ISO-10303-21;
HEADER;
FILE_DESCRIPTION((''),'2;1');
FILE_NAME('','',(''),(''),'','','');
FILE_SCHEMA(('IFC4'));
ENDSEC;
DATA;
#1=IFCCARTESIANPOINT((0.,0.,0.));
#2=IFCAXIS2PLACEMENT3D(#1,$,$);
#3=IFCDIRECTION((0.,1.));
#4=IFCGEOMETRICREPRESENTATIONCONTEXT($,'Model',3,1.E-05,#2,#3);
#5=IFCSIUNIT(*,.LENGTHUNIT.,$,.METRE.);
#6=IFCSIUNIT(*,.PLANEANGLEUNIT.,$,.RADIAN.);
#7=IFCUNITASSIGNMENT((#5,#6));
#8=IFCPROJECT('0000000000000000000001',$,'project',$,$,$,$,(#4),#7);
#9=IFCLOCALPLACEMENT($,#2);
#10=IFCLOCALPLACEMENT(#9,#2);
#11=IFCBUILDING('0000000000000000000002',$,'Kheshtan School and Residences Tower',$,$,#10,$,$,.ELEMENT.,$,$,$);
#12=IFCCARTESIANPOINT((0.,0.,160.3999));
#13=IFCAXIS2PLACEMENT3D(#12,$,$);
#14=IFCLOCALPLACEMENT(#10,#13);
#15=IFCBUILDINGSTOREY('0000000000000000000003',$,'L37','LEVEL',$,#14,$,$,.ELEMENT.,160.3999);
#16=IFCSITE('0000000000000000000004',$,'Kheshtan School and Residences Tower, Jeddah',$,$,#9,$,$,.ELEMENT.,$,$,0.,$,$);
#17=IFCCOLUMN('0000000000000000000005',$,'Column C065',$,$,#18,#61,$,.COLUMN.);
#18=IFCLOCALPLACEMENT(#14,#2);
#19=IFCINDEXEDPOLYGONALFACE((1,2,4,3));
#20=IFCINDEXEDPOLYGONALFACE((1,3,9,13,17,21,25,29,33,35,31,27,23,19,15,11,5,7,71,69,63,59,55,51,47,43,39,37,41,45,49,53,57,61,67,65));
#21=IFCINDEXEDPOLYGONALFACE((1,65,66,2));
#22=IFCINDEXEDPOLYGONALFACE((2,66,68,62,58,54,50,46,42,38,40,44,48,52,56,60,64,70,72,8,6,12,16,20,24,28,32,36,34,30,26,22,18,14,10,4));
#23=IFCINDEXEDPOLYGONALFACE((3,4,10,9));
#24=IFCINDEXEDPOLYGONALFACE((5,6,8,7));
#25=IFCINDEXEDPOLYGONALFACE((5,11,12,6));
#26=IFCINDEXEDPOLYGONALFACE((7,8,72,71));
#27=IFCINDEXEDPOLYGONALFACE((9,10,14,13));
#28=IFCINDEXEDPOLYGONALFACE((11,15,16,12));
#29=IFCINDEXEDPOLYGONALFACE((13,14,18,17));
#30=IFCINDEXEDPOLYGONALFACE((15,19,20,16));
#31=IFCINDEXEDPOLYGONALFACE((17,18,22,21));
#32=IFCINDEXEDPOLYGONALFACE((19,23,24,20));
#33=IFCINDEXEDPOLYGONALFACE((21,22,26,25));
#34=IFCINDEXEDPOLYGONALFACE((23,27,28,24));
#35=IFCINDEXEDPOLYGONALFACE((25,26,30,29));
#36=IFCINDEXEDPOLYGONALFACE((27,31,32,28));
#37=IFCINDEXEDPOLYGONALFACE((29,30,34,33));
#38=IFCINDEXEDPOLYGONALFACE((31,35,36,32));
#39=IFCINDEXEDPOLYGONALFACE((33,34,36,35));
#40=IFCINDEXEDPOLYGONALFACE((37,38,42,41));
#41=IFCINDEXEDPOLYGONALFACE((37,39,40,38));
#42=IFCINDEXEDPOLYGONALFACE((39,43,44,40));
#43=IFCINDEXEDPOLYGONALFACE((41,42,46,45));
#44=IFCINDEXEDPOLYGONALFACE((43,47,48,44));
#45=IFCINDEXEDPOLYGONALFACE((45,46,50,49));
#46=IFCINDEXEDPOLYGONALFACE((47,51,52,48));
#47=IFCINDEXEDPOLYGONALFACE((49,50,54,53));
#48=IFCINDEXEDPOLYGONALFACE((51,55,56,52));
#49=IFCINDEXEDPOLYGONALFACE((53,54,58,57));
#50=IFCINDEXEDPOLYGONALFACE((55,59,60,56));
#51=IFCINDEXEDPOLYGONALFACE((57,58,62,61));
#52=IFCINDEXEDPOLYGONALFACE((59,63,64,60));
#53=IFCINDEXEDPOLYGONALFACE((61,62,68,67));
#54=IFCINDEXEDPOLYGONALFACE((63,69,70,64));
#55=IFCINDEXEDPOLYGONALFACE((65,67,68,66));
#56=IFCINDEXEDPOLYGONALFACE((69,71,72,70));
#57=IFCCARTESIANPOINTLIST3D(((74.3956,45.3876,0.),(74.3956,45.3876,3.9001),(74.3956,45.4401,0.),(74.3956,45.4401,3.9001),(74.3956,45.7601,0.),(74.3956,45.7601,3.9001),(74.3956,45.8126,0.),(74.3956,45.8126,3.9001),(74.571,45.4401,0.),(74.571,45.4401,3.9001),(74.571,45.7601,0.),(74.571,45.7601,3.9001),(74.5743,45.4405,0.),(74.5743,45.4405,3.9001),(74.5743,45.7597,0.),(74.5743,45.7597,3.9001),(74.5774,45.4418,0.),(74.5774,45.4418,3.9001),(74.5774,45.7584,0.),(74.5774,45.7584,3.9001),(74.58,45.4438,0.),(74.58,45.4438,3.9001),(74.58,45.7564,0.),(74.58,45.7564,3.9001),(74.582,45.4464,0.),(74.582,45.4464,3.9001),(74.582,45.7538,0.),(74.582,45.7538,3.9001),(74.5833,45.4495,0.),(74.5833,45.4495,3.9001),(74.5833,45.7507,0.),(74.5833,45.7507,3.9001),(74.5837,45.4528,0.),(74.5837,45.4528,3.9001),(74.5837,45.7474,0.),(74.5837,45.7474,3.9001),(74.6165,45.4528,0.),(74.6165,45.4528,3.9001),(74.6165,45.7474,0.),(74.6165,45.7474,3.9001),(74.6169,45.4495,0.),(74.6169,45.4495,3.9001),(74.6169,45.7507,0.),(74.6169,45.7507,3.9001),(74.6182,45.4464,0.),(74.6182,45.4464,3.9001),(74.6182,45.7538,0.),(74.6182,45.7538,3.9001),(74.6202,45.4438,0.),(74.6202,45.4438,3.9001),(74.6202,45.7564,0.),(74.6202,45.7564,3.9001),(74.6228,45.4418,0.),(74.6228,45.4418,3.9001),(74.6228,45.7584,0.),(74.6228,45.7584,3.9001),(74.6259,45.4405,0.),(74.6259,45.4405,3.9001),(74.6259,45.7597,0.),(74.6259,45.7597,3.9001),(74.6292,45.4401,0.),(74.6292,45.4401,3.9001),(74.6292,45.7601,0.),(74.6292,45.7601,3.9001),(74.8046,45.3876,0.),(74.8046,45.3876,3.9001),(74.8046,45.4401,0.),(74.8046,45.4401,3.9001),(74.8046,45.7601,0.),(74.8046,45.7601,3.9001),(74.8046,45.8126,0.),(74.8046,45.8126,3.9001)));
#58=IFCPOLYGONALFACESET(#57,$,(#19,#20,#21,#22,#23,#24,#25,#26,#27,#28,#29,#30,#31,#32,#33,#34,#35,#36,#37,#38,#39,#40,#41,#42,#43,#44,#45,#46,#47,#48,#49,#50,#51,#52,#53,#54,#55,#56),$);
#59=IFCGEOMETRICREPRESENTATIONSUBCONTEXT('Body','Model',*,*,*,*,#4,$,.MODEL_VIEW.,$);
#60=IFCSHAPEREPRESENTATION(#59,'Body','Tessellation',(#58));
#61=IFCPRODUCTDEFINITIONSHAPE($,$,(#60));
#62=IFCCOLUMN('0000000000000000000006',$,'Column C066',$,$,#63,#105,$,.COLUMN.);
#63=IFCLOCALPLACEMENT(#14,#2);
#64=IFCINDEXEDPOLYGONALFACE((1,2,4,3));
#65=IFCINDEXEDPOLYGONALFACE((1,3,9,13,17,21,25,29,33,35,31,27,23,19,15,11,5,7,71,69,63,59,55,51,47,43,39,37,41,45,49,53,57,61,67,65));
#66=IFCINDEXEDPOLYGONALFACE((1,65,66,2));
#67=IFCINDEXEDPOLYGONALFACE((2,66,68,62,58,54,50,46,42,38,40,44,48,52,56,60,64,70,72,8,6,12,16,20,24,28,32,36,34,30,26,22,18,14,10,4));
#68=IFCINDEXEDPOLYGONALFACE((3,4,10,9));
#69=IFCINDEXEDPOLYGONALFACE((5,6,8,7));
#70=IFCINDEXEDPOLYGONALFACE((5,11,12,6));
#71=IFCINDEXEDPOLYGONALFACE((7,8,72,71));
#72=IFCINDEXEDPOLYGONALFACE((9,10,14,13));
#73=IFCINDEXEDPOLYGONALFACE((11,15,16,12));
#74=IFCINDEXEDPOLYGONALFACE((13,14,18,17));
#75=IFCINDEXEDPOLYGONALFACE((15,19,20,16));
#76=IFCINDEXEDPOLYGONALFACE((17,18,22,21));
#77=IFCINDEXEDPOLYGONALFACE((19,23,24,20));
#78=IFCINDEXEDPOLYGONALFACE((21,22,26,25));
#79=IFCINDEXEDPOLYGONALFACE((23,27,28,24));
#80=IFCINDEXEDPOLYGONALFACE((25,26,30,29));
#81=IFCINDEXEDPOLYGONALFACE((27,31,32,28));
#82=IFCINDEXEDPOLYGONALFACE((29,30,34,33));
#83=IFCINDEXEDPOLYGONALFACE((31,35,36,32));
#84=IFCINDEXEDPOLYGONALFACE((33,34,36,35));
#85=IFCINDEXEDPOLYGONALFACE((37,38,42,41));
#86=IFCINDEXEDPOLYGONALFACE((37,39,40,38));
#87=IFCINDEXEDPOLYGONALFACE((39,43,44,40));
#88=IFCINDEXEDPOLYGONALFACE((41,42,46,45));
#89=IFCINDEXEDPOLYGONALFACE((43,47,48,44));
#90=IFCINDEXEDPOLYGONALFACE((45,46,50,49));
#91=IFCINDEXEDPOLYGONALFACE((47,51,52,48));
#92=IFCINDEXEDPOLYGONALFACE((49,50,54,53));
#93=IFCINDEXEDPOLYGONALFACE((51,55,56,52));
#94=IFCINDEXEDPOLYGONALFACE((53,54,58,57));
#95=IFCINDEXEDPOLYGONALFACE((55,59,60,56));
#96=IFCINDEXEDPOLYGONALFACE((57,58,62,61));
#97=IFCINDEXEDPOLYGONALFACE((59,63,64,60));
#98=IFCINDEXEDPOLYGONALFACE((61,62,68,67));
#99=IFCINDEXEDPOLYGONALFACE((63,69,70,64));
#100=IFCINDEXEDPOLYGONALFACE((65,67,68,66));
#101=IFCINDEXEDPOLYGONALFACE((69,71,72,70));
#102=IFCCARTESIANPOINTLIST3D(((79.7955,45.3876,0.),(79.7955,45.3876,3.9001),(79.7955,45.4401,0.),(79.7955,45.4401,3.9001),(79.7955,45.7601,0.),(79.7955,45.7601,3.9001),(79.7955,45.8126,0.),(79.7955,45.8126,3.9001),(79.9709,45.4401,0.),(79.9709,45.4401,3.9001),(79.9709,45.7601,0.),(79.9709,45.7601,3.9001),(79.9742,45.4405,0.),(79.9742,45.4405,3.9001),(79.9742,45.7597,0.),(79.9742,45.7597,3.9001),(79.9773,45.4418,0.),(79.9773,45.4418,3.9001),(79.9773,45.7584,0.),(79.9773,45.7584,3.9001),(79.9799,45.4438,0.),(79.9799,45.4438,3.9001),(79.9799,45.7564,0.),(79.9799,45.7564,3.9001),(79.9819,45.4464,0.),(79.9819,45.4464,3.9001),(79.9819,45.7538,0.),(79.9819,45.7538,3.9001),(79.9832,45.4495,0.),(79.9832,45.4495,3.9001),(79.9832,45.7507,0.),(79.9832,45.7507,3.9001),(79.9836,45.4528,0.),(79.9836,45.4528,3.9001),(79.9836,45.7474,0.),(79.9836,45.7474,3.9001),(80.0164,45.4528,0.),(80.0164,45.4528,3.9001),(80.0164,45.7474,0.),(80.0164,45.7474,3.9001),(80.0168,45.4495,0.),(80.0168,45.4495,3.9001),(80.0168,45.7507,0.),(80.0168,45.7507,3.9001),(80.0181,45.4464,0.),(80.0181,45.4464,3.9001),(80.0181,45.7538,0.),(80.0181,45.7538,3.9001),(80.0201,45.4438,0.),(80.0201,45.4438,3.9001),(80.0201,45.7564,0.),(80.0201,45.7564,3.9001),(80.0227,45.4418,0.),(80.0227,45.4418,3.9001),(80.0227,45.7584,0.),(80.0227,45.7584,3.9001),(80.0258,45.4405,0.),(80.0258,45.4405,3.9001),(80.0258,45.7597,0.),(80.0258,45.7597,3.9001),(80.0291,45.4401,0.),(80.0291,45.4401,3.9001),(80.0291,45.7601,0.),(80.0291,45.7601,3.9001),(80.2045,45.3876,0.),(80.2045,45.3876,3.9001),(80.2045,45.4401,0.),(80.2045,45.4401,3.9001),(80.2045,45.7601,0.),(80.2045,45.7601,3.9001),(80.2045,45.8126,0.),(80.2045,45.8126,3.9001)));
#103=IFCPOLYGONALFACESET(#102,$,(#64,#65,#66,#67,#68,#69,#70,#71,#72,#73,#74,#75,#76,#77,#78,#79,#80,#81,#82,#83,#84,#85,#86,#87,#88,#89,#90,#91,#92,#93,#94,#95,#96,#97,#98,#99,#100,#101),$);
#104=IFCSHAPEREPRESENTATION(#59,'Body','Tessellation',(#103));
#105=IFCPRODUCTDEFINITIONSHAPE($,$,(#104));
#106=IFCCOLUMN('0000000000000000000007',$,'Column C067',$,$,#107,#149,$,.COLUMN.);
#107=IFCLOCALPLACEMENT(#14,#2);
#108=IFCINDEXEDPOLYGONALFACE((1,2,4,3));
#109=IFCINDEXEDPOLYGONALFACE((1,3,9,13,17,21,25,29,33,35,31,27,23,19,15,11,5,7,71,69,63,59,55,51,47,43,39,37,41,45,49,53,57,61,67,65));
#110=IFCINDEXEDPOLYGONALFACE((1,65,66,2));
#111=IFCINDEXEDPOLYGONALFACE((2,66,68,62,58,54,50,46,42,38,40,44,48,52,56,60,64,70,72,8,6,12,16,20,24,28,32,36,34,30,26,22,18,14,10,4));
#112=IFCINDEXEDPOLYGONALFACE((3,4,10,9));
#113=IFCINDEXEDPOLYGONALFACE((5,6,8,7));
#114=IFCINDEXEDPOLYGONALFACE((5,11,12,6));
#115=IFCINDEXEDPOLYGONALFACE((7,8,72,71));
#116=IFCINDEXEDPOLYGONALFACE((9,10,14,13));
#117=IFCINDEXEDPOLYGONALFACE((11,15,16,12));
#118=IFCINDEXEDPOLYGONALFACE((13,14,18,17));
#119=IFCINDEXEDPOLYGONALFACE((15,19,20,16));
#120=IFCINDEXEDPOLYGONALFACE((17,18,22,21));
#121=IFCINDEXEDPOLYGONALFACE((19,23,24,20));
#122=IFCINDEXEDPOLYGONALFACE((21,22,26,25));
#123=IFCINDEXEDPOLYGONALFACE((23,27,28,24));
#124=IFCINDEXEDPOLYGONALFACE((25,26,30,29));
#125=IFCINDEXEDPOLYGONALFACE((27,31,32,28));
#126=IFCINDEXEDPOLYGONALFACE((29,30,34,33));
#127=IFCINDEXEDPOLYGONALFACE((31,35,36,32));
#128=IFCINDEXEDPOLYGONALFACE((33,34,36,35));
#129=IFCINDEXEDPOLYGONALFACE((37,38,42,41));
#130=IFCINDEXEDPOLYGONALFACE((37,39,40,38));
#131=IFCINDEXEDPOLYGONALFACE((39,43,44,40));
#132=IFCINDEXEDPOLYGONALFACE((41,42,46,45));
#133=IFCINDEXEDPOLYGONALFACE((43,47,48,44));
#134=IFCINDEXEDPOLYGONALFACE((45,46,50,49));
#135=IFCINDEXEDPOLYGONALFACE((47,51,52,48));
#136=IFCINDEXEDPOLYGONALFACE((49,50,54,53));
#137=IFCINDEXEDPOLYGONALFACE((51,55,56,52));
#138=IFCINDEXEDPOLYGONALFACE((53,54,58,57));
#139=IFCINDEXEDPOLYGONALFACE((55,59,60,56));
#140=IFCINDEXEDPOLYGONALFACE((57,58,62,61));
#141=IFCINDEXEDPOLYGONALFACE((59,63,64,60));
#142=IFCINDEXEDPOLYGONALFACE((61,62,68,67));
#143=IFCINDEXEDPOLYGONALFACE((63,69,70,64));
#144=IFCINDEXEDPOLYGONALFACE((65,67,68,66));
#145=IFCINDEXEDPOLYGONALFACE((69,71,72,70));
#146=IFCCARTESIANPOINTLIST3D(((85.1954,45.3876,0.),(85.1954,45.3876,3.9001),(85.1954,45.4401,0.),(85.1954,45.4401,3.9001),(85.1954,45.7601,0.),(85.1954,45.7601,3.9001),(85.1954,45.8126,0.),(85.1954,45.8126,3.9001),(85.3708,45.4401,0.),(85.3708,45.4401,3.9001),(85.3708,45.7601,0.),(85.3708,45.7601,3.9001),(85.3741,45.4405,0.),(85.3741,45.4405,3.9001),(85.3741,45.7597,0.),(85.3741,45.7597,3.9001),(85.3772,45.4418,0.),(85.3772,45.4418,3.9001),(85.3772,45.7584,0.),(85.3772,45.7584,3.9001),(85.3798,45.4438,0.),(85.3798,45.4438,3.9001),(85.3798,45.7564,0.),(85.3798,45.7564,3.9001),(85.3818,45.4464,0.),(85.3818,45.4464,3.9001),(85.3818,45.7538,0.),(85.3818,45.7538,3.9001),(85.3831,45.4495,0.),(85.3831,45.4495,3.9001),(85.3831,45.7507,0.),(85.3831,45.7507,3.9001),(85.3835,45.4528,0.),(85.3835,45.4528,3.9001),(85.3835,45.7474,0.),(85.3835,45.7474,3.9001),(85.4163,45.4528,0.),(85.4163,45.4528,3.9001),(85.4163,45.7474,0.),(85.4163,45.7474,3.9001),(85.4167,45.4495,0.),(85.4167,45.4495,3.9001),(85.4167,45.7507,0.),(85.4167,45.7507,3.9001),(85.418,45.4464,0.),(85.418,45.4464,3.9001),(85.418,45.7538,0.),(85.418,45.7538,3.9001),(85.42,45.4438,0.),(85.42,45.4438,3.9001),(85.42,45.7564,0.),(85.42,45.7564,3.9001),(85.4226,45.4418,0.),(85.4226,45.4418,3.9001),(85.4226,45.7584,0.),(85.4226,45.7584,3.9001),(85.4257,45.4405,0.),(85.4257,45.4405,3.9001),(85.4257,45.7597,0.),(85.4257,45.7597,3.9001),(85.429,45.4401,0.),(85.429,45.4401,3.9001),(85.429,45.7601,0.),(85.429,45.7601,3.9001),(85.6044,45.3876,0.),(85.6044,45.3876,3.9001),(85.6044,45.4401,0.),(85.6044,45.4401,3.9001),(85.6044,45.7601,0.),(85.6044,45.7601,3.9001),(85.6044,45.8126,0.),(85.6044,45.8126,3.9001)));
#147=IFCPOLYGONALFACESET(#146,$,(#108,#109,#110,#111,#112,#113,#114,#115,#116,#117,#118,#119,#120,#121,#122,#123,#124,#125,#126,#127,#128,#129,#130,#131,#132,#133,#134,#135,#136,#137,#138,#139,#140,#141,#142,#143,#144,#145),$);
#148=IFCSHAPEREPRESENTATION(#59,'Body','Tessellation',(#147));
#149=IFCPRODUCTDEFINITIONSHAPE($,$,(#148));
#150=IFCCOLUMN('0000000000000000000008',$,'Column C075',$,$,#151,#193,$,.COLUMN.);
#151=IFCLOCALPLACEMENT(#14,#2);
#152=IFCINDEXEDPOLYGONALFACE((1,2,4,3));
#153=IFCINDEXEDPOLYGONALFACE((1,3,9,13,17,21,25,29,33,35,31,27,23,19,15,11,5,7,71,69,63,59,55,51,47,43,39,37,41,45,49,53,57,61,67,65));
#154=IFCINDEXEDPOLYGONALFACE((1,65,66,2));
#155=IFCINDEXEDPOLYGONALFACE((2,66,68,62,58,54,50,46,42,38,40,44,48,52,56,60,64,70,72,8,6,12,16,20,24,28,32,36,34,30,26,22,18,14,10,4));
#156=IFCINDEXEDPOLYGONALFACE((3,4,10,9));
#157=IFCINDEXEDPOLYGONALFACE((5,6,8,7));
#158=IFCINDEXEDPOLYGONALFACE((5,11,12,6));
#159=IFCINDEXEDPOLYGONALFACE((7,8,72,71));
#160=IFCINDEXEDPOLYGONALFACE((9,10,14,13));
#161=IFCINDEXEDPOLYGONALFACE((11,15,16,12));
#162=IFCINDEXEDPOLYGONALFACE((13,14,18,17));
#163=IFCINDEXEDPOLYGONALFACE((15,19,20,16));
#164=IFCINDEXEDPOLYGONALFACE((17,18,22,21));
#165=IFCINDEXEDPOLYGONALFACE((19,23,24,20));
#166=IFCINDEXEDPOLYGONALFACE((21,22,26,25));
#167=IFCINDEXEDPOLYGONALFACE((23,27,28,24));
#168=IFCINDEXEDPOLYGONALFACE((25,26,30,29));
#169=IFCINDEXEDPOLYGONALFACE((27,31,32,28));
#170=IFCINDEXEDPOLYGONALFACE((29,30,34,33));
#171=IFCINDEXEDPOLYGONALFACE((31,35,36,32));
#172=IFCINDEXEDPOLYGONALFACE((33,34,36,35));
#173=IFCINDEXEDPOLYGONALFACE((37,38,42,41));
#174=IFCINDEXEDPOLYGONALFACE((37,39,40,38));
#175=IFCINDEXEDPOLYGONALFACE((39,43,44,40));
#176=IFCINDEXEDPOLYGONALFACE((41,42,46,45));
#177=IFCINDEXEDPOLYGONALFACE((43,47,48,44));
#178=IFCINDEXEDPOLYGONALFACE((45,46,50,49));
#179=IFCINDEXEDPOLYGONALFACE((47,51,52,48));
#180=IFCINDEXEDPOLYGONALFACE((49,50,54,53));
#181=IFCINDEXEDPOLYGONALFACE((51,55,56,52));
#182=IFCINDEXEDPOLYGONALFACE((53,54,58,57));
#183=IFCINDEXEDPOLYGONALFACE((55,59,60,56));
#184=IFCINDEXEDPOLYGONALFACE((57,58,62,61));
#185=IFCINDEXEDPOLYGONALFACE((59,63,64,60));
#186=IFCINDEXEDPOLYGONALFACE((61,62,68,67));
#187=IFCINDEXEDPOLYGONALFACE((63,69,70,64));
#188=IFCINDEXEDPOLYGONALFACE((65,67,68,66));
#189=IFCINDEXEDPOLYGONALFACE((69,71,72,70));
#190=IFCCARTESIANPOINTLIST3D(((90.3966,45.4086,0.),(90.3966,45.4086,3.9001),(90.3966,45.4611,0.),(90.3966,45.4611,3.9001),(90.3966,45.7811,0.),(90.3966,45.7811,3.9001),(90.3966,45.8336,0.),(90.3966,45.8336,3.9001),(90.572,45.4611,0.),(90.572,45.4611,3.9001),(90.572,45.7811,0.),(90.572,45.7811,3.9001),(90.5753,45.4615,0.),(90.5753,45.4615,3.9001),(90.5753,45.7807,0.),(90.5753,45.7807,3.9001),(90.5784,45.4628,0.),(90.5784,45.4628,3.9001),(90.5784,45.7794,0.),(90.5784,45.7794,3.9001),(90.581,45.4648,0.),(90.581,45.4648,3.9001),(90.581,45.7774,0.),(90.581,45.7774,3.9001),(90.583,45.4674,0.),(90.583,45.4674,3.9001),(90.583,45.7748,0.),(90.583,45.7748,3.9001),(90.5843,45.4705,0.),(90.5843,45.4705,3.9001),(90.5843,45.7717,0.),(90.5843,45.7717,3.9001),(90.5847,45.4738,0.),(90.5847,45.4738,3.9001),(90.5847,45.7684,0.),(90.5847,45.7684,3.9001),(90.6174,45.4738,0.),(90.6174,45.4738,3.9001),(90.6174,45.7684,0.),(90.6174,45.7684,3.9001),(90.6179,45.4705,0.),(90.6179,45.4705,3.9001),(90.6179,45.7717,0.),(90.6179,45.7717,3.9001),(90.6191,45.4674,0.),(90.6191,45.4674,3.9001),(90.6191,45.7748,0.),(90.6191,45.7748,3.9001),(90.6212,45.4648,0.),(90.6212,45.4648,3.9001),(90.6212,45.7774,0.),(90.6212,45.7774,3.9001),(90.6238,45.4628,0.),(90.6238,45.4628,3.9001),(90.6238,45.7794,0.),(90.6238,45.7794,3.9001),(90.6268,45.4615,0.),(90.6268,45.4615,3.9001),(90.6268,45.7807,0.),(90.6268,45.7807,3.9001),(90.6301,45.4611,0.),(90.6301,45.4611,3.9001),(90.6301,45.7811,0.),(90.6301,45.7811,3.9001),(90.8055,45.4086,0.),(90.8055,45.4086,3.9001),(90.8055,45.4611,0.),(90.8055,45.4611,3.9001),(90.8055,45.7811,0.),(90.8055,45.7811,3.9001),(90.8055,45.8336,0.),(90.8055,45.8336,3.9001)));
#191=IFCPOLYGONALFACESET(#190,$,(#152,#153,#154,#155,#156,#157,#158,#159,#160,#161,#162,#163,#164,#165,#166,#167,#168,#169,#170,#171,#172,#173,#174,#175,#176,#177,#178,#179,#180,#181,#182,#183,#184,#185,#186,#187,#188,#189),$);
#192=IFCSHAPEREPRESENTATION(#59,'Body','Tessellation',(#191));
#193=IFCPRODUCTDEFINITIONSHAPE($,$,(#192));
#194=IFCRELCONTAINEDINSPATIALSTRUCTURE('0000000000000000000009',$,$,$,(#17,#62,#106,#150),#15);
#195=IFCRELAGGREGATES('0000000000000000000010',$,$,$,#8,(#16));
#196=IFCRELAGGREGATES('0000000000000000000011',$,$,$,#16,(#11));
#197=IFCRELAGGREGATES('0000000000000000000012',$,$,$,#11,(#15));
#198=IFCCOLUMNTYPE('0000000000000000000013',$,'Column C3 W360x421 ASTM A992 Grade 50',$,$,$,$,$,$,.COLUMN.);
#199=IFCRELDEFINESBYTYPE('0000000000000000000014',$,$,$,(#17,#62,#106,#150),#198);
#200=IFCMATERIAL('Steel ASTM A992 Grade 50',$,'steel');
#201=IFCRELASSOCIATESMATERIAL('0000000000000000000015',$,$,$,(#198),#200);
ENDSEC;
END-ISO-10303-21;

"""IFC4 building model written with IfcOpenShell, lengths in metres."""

from ifc_helpers import new_model, si_unit, direction, frame, origin, origin_2d, place, context, subcontext, project, spatial, i_section, extrude, material, material_profile, profile_set, type_object, element, save


model = new_model("IFC4")

# Units and contexts
model_context = context("Model", 3, precision=1e-05, world=origin(), true_north=direction((0.0, 1.0)))
body_context = subcontext(model_context, "Body", "Model", "MODEL_VIEW")
ifc_project = project(units=[si_unit("LENGTHUNIT", "METRE"), si_unit("PLANEANGLEUNIT", "RADIAN")], contexts=[model_context])

# Site, building, storey
site_placement = place(None, origin())
site = spatial("IfcSite", under=ifc_project, at=site_placement, Name="Kheshtan School and Residences Tower, Jeddah", CompositionType="ELEMENT", RefElevation=0.0)
building_placement = place(site_placement, origin())
building = spatial("IfcBuilding", under=site, at=building_placement, Name="Kheshtan School and Residences Tower", CompositionType="ELEMENT")
storey_placement = place(building_placement, frame((0.0, 0.0, 160.3999)))
storey = spatial("IfcBuildingStorey", under=building, at=storey_placement, Name="L37", Description="LEVEL", CompositionType="ELEMENT", Elevation=160.3999)

# Columns
ifc_material_1 = material(Name="Steel ASTM A992 Grade 50", Category="steel")
ifc_material_profile_1 = material_profile(ifc_material_1, i_section(OverallWidth=0.4089, OverallDepth=0.425, WebThickness=0.0327, FlangeThickness=0.0525, FilletRadius=0.0127, at=origin_2d()), Name="W360x421")
ifc_profile_set_1 = profile_set([ifc_material_profile_1], Name="Steel ASTM A992 Grade 50")
column_type = type_object("IfcColumnType", Name="Column C3 W360x421 ASTM A992 Grade 50", PredefinedType="COLUMN", material=ifc_profile_set_1)
for number, where, z_axis, x_axis, name in (
    (1, (74.6001, 45.6001, 0.0), (0.0, 0.0, 1.0), (1.0, 0.0, 0.0), "Column C065"),
    (2, (80.0, 45.6001, 0.0), (0.0, 0.0, 1.0), (1.0, 0.0, 0.0), "Column C066"),
    (3, (85.3999, 45.6001, 0.0), (0.0, 0.0, 1.0), (1.0, 0.0, 0.0), "Column C067"),
    (4, (90.6011, 45.6211, 0.0), (0.0, 0.0, 1.0), (1.0, 0.0, 0.0), "Column C075"),
):
    element("IfcColumn", number, at=place(storey_placement, frame(where, z_axis=z_axis, x_axis=x_axis)), inside=storey, type_object=column_type, Name=name, PredefinedType="COLUMN", context=body_context, shape_type="SweptSolid", body=[
        extrude(i_section(OverallWidth=0.4089, OverallDepth=0.425, WebThickness=0.0327, FlangeThickness=0.0525, FilletRadius=0.0127, at=origin_2d()), origin(), (0.0, 0.0, 1.0), 3.9001),
    ])

save(model, "model.ifc")
